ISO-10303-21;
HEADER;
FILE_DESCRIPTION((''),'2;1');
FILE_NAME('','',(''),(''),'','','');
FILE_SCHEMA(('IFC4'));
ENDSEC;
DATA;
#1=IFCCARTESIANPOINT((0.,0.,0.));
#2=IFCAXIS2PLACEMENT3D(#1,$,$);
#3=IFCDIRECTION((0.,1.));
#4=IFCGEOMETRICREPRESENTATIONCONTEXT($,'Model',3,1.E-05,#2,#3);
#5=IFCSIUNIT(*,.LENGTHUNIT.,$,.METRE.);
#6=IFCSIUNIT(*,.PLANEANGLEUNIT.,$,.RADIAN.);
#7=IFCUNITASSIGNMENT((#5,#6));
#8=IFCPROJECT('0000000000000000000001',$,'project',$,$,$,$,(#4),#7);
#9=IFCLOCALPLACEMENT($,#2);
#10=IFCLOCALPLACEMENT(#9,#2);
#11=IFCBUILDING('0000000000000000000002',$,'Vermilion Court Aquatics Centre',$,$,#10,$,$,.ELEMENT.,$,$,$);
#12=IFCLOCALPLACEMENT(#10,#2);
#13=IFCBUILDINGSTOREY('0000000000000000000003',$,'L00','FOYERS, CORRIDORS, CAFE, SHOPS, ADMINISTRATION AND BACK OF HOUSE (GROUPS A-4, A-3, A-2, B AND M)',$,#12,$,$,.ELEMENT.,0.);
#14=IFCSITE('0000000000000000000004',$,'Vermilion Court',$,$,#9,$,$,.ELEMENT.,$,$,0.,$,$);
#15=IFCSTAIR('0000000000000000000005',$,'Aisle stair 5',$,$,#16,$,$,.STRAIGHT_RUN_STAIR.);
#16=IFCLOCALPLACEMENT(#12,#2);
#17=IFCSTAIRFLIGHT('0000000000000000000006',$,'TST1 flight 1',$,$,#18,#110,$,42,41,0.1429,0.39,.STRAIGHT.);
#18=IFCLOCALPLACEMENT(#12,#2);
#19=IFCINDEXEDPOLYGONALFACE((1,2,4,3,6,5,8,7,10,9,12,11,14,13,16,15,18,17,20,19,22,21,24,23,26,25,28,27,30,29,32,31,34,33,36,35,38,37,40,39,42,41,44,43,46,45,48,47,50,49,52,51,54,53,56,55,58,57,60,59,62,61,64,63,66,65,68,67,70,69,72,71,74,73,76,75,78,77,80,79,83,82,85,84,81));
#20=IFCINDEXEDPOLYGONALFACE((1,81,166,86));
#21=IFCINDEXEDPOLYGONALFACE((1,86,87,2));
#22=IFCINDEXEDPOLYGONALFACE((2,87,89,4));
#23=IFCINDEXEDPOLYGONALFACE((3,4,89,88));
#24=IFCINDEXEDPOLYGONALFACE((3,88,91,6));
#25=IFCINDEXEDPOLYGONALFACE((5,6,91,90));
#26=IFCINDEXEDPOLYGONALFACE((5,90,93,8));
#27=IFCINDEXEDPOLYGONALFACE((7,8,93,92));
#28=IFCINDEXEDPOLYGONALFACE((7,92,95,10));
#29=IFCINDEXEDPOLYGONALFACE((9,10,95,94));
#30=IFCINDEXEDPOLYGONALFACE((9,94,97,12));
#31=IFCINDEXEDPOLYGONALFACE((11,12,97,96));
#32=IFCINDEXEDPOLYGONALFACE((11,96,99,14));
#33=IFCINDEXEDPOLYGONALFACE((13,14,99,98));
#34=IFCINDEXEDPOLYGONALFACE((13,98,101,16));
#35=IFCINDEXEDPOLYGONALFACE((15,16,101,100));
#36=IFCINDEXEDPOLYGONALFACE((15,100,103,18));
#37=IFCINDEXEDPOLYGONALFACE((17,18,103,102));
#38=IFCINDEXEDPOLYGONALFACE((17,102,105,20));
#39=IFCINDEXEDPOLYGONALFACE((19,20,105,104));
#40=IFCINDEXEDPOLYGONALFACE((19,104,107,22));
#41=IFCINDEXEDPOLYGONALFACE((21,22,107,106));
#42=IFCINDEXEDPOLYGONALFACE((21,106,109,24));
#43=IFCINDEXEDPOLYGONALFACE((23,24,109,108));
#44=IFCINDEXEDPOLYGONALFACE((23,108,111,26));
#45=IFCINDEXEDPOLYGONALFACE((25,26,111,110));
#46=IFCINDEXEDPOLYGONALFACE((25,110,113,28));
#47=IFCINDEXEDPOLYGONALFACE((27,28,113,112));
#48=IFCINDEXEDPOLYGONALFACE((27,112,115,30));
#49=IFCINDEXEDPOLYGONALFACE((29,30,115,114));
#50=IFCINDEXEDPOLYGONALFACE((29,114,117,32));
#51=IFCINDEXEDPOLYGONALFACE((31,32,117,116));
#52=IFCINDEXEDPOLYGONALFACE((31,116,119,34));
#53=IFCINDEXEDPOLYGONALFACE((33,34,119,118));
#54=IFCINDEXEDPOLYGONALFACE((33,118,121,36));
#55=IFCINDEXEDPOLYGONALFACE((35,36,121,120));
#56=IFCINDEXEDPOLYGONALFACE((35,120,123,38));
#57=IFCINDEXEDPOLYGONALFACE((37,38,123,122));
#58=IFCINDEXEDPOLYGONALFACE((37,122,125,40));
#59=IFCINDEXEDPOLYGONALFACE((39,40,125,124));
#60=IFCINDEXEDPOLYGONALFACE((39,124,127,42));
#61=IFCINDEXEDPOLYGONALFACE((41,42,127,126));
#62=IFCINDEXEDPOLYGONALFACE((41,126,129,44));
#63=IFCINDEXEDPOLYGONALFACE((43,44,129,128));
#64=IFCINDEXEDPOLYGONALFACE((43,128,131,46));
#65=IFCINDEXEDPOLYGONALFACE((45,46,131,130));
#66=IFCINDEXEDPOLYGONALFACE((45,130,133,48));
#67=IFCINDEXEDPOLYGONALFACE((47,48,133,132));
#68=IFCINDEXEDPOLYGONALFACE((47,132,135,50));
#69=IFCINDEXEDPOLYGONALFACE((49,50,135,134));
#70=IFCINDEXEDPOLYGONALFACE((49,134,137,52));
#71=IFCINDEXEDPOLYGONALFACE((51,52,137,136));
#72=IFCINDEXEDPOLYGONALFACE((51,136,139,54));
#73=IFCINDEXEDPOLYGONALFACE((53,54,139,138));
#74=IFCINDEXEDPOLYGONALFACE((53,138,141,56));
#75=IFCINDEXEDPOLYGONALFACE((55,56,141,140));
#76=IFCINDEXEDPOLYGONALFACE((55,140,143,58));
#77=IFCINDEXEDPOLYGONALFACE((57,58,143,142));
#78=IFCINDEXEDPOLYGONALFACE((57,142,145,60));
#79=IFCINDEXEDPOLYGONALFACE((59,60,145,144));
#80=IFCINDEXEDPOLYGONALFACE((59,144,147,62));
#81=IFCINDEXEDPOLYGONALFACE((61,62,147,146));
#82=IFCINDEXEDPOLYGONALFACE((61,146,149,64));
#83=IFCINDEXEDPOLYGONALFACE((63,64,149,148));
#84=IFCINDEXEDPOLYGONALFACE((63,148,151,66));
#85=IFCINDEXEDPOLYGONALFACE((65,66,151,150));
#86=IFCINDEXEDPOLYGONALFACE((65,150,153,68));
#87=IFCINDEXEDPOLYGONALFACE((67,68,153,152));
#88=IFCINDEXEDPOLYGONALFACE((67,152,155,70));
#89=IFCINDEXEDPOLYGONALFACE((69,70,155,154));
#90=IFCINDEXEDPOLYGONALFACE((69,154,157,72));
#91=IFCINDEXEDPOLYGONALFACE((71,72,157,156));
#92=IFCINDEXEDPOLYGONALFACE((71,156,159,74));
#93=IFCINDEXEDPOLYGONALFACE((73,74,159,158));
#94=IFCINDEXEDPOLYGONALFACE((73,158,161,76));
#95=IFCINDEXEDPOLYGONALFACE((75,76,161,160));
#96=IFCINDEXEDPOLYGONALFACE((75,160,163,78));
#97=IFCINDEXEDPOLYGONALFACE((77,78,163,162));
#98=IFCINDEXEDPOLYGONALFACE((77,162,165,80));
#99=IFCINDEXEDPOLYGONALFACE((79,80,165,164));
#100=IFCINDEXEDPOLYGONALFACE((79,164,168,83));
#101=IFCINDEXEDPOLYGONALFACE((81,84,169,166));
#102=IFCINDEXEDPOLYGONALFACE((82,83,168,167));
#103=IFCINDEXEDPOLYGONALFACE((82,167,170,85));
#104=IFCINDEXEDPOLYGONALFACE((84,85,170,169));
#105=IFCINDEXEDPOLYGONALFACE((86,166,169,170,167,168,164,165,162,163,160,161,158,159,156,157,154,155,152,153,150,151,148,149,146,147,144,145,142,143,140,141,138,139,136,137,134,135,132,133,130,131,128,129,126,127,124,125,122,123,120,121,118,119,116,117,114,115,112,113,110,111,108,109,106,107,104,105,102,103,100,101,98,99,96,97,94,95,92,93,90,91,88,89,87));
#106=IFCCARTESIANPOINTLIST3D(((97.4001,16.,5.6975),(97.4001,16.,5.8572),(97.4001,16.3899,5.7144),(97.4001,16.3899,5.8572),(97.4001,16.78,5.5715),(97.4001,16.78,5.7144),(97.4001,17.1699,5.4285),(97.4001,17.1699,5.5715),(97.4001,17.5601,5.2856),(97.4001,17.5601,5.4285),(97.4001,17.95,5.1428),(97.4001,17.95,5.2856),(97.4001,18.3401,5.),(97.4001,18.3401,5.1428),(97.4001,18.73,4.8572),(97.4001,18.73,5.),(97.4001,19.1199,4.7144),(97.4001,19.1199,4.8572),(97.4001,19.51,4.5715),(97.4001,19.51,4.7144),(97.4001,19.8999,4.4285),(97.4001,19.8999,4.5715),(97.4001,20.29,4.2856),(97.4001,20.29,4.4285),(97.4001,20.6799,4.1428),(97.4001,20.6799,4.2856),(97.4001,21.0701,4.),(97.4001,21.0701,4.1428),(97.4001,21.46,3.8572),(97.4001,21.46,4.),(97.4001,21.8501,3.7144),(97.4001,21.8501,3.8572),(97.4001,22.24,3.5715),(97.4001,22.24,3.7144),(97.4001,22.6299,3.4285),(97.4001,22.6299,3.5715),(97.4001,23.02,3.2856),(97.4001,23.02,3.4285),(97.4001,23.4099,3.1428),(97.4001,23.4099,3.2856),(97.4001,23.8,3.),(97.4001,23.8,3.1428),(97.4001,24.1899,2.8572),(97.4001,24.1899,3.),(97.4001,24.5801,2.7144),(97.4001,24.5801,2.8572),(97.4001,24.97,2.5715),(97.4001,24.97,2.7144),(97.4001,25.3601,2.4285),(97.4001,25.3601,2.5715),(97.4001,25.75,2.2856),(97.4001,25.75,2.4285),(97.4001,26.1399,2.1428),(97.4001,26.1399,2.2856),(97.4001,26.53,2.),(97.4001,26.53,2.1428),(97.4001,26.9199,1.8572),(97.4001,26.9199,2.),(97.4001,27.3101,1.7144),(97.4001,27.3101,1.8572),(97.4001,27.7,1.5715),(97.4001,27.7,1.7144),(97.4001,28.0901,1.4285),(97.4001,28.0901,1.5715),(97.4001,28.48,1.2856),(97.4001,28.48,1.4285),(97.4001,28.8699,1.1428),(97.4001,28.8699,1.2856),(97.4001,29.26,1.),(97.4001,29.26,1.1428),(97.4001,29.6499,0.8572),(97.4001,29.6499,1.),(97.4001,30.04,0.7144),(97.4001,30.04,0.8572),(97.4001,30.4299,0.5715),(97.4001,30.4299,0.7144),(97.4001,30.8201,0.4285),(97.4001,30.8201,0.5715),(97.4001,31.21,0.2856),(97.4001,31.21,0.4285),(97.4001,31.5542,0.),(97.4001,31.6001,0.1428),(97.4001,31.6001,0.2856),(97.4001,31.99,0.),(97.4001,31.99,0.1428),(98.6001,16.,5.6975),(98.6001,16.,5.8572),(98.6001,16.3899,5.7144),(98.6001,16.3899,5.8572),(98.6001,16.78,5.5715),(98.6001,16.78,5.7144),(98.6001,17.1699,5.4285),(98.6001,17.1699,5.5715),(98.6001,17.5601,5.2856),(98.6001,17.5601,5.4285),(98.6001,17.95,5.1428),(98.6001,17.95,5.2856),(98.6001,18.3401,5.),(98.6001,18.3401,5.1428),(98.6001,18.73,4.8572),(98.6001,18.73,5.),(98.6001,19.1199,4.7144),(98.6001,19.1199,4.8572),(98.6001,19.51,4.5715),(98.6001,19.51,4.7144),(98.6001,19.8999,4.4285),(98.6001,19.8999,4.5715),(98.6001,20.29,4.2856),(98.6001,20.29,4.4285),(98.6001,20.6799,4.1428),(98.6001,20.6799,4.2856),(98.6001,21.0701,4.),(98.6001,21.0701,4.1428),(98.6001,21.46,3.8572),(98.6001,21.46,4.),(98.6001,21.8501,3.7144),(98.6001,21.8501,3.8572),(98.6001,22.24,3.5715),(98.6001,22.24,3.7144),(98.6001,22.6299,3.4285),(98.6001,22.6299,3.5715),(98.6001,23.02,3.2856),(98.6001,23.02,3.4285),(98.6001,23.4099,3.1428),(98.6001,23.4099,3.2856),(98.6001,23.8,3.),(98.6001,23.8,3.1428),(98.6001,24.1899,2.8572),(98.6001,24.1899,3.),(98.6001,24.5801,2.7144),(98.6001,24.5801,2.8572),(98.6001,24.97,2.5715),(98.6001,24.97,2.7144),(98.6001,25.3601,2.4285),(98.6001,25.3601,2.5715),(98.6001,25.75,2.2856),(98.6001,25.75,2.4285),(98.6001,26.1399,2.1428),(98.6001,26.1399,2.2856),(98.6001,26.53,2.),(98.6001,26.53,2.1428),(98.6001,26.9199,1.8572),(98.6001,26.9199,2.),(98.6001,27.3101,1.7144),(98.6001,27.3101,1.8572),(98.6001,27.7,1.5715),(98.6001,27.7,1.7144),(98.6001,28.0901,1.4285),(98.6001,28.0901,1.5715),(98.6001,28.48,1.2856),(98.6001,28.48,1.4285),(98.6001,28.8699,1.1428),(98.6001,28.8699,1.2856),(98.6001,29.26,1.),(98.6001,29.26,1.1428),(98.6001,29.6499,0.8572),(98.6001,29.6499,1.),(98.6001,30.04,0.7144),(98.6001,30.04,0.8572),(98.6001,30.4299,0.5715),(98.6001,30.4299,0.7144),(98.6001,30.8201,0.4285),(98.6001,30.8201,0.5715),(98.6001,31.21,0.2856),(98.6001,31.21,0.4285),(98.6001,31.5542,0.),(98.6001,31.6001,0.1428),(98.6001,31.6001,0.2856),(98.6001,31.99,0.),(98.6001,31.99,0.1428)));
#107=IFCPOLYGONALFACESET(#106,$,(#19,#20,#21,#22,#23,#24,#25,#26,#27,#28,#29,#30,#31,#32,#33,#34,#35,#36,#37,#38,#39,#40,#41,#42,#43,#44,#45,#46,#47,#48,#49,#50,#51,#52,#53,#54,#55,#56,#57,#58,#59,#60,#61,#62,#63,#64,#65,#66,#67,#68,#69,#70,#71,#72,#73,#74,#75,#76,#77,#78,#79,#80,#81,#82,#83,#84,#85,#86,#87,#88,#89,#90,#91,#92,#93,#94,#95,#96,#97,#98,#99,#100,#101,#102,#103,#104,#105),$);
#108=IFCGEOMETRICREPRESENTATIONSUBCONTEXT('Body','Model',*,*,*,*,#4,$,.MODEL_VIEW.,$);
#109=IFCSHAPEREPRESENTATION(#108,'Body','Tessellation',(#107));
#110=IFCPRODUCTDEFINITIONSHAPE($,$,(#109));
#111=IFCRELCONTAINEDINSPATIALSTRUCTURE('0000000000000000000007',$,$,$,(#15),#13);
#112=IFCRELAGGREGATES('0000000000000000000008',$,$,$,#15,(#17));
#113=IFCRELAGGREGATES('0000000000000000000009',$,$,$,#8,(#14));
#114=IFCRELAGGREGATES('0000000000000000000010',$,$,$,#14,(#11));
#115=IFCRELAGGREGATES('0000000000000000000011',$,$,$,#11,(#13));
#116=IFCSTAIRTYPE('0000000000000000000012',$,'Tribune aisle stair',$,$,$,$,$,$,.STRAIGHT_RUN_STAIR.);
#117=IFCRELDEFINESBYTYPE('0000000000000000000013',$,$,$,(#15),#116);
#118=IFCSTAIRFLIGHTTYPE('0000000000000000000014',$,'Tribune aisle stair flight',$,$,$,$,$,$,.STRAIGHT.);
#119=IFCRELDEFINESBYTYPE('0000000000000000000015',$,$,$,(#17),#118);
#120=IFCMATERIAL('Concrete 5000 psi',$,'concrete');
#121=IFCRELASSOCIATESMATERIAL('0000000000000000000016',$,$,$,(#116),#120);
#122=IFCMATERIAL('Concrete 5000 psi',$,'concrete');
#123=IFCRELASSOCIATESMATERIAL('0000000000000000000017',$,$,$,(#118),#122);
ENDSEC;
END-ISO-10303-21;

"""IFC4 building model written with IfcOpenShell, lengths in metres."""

from ifc_helpers import new_model, si_unit, direction, frame, origin, place, context, subcontext, project, spatial, polyline, outline, extrude, material, type_object, element, aggregate, save


model = new_model("IFC4")

# Units and contexts
model_context = context("Model", 3, precision=1e-05, world=origin(), true_north=direction((0.0, 1.0)))
body_context = subcontext(model_context, "Body", "Model", "MODEL_VIEW")
ifc_project = project(units=[si_unit("LENGTHUNIT", "METRE"), si_unit("PLANEANGLEUNIT", "RADIAN")], contexts=[model_context])

# Site, building, storey
site_placement = place(None, origin())
site = spatial("IfcSite", under=ifc_project, at=site_placement, Name="Vermilion Court", CompositionType="ELEMENT", RefElevation=0.0)
building_placement = place(site_placement, origin())
building = spatial("IfcBuilding", under=site, at=building_placement, Name="Vermilion Court Aquatics Centre", CompositionType="ELEMENT")
storey_placement = place(building_placement, origin())
storey = spatial("IfcBuildingStorey", under=building, at=storey_placement, Name="L00", Description="FOYERS, CORRIDORS, CAFE, SHOPS, ADMINISTRATION AND BACK OF HOUSE (GROUPS A-4, A-3, A-2, B AND M)", CompositionType="ELEMENT", Elevation=0.0)

# Stair, stair flight
ifc_material_1 = material(Name="Concrete 5000 psi", Category="concrete")
stair_type = type_object("IfcStairType", Name="Tribune aisle stair", PredefinedType="STRAIGHT_RUN_STAIR", material=ifc_material_1)
stair_placement = place(storey_placement, origin())
stair = element("IfcStair", 1, at=stair_placement, inside=storey, type_object=stair_type, Name="Aisle stair 5", PredefinedType="STRAIGHT_RUN_STAIR")
ifc_material_2 = material(Name="Concrete 5000 psi", Category="concrete")
stair_flight_type = type_object("IfcStairFlightType", Name="Tribune aisle stair flight", PredefinedType="STRAIGHT", material=ifc_material_2)
stair_flight_placement = place(storey_placement, frame((98.0, 31.99, 0.0), z_axis=(0.0, 0.0, 1.0), x_axis=(0.0, -1.0, 0.0)))
stair_flight = element("IfcStairFlight", 2, at=stair_flight_placement, type_object=stair_flight_type, Name="TST1 flight 1", NumberOfRisers=42, NumberOfTreads=41, PredefinedType="STRAIGHT", RiserHeight=0.1429, TreadLength=0.39, context=body_context, shape_type="SweptSolid", body=[
    extrude(outline(polyline([(0.0, 0.0), (0.0, 0.1428), (0.3899, 0.1428), (0.3899, 0.2856), (0.78, 0.2856), (0.78, 0.4285), (1.1699, 0.4285), (1.1699, 0.5715), (1.5601, 0.5715), (1.5601, 0.7144), (1.95, 0.7144), (1.95, 0.8572), (2.3401, 0.8572), (2.3401, 1.0), (2.73, 1.0), (2.73, 1.1428), (3.1201, 1.1428), (3.1201, 1.2856), (3.51, 1.2856), (3.51, 1.4285), (3.8999, 1.4285), (3.8999, 1.5715), (4.29, 1.5715), (4.29, 1.7144), (4.6799, 1.7144), (4.6799, 1.8572), (5.0701, 1.8572), (5.0701, 2.0), (5.46, 2.0), (5.46, 2.1428), (5.8501, 2.1428), (5.8501, 2.2856), (6.24, 2.2856), (6.24, 2.4285), (6.6299, 2.4285), (6.6299, 2.5715), (7.02, 2.5715), (7.02, 2.7144), (7.4099, 2.7144), (7.4099, 2.8572), (7.8, 2.8572), (7.8, 3.0), (8.1899, 3.0), (8.1899, 3.1428), (8.5801, 3.1428), (8.5801, 3.2856), (8.97, 3.2856), (8.97, 3.4285), (9.3601, 3.4285), (9.3601, 3.5715), (9.75, 3.5715), (9.75, 3.7144), (10.1399, 3.7144), (10.1399, 3.8572), (10.53, 3.8572), (10.53, 4.0), (10.9199, 4.0), (10.9199, 4.1428), (11.3101, 4.1428), (11.3101, 4.2856), (11.7, 4.2856), (11.7, 4.4285), (12.0901, 4.4285), (12.0901, 4.5715), (12.48, 4.5715), (12.48, 4.7144), (12.8701, 4.7144), (12.8701, 4.8572), (13.26, 4.8572), (13.26, 5.0), (13.6499, 5.0), (13.6499, 5.1428), (14.04, 5.1428), (14.04, 5.2856), (14.4299, 5.2856), (14.4299, 5.4285), (14.8201, 5.4285), (14.8201, 5.5715), (15.21, 5.5715), (15.21, 5.7144), (15.6001, 5.7144), (15.6001, 5.8572), (15.99, 5.8572), (15.99, 6.0), (15.99, 5.6975), (0.4358, 0.0), (0.0, 0.0)])), frame((0.0, 0.6001, 0.0), z_axis=(0.0, -1.0, 0.0), x_axis=(1.0, 0.0, 0.0)), (0.0, 0.0, 1.0), 1.2),
])
aggregate(stair, [stair_flight])

save(model, "model.ifc")
